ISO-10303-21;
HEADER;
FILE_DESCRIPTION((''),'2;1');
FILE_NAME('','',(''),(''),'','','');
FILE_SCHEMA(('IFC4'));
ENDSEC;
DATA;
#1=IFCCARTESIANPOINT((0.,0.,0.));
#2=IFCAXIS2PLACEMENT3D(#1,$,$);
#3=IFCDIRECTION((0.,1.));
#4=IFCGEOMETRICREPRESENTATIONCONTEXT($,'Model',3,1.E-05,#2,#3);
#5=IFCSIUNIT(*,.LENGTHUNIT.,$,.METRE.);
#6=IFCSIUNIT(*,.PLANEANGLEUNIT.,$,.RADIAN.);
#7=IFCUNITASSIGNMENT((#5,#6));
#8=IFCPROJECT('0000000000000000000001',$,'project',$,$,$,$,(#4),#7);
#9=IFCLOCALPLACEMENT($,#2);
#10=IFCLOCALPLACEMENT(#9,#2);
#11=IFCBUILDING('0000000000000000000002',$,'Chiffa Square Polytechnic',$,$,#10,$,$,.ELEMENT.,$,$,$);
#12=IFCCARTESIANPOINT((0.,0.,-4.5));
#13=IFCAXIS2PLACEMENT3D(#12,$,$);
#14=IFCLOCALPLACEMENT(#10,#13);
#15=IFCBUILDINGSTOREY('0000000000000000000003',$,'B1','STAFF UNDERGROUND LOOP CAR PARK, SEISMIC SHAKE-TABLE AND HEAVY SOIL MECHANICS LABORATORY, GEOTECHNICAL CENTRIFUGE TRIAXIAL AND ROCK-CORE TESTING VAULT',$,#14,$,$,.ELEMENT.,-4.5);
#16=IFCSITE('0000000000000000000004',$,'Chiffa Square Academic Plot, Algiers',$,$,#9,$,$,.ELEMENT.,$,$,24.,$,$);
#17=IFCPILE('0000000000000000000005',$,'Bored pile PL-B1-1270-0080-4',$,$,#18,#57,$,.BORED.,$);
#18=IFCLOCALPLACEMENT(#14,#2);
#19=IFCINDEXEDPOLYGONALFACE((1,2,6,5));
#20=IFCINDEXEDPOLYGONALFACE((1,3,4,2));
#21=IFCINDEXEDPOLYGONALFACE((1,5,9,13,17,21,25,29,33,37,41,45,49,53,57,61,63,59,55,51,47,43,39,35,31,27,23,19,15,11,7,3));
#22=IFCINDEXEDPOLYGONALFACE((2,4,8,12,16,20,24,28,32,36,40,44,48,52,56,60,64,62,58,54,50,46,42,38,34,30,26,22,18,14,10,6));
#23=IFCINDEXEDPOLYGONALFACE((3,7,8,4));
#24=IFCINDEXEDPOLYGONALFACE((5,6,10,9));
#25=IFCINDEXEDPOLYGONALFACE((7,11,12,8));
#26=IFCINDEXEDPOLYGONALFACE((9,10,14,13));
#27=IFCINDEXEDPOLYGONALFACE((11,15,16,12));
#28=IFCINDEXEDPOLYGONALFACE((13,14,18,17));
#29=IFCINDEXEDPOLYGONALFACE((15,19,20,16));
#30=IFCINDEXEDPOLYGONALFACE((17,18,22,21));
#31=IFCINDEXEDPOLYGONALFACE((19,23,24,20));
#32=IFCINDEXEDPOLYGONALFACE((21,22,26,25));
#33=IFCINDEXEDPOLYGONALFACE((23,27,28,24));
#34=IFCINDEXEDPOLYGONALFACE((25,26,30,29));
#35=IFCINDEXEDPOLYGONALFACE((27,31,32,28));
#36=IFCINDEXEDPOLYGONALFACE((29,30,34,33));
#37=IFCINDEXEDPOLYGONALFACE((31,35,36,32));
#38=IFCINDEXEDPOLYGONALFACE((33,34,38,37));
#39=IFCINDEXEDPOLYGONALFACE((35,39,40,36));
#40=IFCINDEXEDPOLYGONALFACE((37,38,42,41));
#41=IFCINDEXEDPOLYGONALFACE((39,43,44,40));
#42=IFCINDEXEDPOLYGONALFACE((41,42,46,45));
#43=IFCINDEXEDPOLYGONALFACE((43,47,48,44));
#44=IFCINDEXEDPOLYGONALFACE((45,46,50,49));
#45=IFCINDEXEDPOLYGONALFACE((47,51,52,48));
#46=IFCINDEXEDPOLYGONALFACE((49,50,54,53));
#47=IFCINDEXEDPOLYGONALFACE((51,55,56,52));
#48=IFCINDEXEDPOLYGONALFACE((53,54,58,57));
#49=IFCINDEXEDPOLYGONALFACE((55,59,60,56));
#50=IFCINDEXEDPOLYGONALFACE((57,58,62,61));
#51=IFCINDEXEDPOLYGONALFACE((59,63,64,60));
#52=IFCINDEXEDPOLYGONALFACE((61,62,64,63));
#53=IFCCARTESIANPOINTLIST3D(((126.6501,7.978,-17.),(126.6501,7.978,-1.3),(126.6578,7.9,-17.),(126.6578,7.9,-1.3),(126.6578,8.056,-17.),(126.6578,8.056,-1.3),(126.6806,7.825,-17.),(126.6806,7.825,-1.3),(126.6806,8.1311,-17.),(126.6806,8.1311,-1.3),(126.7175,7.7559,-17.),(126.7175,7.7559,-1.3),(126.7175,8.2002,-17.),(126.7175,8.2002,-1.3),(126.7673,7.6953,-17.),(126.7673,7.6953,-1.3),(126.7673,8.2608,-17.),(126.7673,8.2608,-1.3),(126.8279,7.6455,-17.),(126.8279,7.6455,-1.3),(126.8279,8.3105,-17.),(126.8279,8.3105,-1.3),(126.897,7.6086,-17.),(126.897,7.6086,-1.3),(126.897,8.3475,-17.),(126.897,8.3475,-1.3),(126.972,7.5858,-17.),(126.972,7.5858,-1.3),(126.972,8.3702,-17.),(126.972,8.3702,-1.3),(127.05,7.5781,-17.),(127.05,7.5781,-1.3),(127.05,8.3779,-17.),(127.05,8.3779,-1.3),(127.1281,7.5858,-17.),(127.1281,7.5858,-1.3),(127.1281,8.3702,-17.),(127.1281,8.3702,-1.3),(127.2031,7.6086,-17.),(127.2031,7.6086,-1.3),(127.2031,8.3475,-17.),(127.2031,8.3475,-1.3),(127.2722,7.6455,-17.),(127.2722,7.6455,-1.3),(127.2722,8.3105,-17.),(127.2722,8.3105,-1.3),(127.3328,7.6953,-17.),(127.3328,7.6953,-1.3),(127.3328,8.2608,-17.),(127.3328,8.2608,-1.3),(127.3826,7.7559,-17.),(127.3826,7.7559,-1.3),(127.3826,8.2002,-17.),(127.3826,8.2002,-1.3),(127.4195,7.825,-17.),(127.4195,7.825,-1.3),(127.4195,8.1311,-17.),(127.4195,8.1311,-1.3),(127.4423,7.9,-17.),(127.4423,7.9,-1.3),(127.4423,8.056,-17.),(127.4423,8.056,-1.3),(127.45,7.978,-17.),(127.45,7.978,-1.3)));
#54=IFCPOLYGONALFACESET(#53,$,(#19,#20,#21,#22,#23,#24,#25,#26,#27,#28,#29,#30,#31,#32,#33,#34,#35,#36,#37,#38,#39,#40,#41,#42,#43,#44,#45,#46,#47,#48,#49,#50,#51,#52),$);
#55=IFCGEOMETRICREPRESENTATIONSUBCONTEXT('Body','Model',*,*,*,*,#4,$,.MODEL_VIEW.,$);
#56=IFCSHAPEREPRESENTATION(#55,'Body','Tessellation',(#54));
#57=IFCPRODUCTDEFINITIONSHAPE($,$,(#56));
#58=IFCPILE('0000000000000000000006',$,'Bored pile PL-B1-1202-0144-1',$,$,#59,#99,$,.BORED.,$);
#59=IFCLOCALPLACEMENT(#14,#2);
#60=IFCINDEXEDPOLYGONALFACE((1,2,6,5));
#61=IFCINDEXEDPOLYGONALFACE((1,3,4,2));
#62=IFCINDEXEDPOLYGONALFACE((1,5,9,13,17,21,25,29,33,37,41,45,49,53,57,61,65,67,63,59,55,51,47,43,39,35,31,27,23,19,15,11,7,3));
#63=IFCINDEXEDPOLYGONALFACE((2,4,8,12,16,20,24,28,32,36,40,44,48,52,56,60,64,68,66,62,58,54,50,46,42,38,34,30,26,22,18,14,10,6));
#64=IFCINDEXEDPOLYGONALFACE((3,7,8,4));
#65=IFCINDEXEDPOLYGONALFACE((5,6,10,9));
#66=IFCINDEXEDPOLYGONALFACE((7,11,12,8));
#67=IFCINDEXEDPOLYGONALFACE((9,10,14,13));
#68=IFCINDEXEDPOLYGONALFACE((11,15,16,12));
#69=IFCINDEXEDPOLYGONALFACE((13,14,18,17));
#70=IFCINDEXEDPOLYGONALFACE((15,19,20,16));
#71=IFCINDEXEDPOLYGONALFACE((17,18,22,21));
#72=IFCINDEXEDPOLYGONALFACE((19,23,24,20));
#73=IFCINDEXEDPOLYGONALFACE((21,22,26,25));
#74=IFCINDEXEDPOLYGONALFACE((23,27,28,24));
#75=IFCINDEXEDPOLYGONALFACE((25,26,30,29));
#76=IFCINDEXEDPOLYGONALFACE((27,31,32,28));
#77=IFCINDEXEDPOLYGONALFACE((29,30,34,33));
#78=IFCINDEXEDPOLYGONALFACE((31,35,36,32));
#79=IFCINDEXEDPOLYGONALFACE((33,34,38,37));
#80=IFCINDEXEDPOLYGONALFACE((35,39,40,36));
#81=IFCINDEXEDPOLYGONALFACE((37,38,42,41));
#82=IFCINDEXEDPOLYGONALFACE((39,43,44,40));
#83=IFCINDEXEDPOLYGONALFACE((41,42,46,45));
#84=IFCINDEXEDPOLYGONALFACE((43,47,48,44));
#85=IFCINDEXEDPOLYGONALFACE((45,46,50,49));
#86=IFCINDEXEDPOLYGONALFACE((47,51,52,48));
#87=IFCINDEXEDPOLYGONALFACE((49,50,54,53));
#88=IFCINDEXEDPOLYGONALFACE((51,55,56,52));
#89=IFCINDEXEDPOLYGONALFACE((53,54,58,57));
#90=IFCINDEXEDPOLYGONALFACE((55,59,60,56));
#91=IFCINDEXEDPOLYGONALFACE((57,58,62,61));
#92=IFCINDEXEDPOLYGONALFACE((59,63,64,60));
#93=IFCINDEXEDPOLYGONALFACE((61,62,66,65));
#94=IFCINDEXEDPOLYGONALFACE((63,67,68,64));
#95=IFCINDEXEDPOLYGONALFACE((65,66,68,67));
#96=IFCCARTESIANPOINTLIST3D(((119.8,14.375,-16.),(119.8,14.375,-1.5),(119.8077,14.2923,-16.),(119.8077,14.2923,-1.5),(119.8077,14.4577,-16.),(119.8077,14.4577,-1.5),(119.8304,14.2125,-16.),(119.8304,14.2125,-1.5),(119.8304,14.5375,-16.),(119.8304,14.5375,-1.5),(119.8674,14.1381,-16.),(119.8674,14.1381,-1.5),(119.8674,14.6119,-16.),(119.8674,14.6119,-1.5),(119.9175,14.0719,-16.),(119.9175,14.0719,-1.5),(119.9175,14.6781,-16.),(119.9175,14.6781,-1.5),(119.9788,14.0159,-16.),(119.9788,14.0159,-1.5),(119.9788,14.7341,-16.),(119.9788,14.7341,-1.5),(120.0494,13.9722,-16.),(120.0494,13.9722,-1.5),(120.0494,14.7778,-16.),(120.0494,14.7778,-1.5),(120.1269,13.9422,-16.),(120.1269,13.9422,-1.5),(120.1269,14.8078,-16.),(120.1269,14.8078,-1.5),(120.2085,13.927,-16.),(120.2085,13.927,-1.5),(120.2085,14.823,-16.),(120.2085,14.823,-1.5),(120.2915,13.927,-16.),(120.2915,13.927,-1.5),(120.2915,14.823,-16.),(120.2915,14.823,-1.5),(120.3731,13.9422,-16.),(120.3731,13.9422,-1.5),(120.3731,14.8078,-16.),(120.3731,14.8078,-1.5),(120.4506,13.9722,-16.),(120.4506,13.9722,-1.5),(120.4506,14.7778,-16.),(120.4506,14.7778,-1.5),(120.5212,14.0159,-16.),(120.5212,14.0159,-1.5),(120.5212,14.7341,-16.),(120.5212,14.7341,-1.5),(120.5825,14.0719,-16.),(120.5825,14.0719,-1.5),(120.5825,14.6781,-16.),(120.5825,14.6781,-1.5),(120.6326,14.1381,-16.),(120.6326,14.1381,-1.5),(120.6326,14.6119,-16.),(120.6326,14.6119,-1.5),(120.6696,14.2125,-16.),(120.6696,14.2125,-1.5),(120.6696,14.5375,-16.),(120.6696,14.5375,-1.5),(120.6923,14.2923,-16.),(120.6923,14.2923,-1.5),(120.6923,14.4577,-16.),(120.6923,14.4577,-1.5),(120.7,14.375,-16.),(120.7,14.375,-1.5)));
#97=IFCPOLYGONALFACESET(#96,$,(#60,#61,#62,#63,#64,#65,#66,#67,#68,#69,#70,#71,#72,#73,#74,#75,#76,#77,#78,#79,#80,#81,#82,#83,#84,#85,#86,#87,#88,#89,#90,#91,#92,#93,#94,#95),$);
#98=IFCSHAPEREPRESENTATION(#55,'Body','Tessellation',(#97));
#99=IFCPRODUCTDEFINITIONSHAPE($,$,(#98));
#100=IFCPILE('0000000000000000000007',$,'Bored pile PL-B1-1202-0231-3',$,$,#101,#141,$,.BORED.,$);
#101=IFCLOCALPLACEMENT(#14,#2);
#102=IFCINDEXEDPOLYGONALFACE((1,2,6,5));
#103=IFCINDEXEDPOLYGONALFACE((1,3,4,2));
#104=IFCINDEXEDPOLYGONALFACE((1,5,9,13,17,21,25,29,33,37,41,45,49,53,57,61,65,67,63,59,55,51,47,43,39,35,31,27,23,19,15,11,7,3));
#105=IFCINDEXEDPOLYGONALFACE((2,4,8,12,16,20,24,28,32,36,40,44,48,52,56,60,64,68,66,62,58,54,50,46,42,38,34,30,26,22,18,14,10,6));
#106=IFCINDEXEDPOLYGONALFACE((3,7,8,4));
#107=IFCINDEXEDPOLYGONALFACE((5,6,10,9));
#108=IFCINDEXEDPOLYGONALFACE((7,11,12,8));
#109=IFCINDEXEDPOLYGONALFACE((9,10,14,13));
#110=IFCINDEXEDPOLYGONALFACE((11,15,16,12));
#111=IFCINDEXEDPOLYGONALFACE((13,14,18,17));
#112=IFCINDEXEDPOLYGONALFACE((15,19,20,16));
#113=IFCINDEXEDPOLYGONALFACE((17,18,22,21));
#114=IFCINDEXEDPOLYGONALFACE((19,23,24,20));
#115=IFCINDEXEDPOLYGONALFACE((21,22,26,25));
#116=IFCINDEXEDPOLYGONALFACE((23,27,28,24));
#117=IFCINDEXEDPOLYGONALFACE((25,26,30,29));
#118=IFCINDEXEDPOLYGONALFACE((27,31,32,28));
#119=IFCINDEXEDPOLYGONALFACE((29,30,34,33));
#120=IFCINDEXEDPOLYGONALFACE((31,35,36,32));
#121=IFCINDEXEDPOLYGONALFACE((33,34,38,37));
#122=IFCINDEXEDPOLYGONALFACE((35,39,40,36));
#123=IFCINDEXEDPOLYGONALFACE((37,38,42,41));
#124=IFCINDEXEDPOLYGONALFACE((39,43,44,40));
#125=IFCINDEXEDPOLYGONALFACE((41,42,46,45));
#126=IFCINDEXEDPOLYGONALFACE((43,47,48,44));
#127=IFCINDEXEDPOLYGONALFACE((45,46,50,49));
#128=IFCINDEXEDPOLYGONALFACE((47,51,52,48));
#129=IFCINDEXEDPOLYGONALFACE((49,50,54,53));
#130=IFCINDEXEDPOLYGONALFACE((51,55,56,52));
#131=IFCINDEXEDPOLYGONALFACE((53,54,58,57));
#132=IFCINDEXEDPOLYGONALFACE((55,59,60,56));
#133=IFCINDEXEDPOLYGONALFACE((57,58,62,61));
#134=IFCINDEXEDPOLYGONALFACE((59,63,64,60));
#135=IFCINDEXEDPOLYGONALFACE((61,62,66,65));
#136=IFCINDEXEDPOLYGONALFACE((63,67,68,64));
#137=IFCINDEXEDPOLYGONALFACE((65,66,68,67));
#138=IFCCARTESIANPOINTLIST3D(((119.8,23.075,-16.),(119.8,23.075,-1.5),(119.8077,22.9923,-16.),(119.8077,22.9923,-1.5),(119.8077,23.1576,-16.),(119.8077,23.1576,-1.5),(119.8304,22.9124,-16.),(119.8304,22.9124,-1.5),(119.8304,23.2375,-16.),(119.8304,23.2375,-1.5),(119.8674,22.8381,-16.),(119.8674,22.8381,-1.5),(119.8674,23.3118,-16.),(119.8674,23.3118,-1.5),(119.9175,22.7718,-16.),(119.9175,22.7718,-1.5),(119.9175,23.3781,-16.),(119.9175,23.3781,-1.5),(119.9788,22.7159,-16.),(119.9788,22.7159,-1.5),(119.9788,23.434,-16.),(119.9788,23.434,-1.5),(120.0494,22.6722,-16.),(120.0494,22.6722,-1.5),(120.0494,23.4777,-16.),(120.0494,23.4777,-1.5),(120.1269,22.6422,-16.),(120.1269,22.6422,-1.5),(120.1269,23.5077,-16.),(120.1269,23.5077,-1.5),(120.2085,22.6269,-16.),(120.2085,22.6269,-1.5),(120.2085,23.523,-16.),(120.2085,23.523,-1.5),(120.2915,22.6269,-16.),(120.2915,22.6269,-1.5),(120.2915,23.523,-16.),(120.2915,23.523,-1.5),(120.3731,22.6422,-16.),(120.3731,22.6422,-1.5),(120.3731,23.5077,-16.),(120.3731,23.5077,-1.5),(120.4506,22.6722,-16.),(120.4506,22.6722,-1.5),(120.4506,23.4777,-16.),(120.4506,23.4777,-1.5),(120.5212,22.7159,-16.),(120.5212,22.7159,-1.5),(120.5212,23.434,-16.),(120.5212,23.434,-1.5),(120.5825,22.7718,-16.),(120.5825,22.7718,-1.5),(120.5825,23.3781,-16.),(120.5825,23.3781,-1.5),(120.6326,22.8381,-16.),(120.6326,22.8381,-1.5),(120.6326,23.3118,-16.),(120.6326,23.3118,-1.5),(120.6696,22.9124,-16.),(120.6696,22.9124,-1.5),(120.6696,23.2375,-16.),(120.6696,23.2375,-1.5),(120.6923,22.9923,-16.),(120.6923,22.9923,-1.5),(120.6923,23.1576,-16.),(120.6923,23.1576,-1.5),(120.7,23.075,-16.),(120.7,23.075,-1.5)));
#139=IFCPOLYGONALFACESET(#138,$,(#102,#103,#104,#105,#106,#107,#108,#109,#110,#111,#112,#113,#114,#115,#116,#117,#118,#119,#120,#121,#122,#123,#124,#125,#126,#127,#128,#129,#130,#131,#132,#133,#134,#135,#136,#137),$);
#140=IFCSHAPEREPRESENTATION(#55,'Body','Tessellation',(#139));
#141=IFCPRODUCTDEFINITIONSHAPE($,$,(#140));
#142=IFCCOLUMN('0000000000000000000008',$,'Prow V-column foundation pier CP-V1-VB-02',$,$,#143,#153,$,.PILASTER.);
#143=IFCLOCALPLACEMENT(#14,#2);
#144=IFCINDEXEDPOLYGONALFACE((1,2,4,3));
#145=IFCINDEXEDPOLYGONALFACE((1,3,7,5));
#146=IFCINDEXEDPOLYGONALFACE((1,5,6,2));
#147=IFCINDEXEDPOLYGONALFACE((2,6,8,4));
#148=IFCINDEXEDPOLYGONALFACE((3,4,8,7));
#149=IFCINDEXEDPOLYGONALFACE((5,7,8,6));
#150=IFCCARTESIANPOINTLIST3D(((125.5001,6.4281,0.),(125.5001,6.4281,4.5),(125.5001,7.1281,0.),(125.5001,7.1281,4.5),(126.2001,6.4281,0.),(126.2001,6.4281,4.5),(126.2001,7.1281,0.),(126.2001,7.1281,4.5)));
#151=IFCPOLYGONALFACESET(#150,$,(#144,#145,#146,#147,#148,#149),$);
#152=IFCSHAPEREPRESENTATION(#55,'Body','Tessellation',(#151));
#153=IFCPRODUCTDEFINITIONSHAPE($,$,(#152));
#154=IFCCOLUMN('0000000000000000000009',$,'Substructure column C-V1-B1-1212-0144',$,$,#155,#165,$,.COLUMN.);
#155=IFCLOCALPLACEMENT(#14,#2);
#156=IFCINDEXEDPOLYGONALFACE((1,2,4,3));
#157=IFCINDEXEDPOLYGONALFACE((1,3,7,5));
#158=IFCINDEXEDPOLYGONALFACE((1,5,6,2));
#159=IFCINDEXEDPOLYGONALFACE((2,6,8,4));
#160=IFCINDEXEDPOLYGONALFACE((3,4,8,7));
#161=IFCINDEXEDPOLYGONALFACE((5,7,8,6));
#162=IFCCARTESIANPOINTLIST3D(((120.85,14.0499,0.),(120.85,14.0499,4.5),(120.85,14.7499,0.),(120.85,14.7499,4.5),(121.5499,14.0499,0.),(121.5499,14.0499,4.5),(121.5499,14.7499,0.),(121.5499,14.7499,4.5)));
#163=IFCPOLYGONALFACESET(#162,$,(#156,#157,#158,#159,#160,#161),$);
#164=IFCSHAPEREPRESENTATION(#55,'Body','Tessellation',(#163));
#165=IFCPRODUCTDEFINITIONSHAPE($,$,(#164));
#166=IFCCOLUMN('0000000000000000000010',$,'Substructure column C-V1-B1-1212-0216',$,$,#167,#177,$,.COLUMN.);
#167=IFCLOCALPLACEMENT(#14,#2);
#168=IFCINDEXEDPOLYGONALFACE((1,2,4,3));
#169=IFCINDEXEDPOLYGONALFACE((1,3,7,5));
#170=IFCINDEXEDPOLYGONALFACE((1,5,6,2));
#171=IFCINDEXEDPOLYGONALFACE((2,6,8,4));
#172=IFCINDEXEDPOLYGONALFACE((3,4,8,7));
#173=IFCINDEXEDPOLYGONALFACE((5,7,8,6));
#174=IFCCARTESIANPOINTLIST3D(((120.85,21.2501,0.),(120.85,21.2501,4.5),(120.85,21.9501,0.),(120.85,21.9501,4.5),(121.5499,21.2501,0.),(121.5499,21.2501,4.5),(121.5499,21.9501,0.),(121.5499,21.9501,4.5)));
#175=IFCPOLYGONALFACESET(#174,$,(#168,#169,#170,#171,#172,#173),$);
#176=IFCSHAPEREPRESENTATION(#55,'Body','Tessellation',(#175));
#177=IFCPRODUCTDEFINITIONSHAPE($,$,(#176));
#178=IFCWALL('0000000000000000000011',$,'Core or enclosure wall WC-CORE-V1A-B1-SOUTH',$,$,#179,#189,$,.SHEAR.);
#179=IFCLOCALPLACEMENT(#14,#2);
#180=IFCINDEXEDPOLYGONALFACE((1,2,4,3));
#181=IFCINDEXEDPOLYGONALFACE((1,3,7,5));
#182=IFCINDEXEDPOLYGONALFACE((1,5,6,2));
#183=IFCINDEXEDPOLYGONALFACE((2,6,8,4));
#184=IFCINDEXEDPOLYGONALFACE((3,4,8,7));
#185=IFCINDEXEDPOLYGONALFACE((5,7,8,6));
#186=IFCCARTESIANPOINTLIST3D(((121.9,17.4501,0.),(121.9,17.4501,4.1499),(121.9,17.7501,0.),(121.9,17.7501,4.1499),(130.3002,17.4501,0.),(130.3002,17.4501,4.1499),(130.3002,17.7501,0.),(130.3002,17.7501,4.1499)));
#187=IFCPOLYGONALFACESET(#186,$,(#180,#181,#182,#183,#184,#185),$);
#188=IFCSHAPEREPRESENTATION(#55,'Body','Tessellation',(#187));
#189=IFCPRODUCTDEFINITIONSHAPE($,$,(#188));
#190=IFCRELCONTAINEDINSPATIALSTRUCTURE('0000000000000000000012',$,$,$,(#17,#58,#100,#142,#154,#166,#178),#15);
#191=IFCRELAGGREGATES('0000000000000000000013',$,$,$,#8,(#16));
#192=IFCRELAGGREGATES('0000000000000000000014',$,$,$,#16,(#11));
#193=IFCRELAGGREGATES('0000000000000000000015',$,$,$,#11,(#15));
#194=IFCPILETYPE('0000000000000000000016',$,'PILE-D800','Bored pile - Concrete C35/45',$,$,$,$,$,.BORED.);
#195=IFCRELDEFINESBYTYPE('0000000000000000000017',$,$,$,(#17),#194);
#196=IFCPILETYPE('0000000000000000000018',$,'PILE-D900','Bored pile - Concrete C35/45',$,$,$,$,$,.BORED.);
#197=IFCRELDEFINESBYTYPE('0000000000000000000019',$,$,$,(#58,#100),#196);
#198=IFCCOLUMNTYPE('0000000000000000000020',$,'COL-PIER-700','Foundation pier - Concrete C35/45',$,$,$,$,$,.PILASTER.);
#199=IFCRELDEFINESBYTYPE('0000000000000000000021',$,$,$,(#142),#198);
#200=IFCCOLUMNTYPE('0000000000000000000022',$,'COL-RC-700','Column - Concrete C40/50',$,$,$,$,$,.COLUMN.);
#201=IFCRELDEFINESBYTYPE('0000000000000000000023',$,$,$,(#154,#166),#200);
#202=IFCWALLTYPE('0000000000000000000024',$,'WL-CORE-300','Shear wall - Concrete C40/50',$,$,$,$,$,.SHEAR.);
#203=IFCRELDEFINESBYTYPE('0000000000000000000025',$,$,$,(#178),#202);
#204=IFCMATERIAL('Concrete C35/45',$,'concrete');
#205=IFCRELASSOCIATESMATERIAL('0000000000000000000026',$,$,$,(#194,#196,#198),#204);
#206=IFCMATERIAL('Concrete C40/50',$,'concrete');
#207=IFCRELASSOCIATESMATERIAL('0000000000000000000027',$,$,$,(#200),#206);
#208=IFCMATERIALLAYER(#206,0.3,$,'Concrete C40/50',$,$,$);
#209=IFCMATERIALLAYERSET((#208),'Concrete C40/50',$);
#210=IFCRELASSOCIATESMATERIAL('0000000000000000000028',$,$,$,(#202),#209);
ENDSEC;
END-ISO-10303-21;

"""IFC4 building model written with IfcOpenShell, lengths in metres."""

from ifc_helpers import new_model, si_unit, direction, frame, frame_2d, origin, origin_2d, place, context, subcontext, project, spatial, rectangle, circle, extrude, material, layer, layer_set, material_profile, profile_set, type_object, element, save


model = new_model("IFC4")

# Units and contexts
model_context = context("Model", 3, precision=1e-05, world=origin(), true_north=direction((0.0, 1.0)))
body_context = subcontext(model_context, "Body", "Model", "MODEL_VIEW")
ifc_project = project(units=[si_unit("LENGTHUNIT", "METRE"), si_unit("PLANEANGLEUNIT", "RADIAN")], contexts=[model_context])

# Site, building, storey
site_placement = place(None, origin())
site = spatial("IfcSite", under=ifc_project, at=site_placement, Name="Chiffa Square Academic Plot, Algiers", CompositionType="ELEMENT", RefElevation=24.0)
building_placement = place(site_placement, origin())
building = spatial("IfcBuilding", under=site, at=building_placement, Name="Chiffa Square Polytechnic", CompositionType="ELEMENT")
storey_placement = place(building_placement, frame((0.0, 0.0, -4.5)))
storey = spatial("IfcBuildingStorey", under=building, at=storey_placement, Name="B1", Description="STAFF UNDERGROUND LOOP CAR PARK, SEISMIC SHAKE-TABLE AND HEAVY SOIL MECHANICS LABORATORY, GEOTECHNICAL CENTRIFUGE TRIAXIAL AND ROCK-CORE TESTING VAULT", CompositionType="ELEMENT", Elevation=-4.5)

# Shared definitions
ifc_material_1 = material(Name="Concrete C35/45", Category="concrete")

# Piles
ifc_material_profile_1 = material_profile(ifc_material_1, circle(Radius=0.3999, at=origin_2d()), Name="PILE D800")
ifc_profile_set_1 = profile_set([ifc_material_profile_1], Name="Concrete C35/45")
pile_type_1 = type_object("IfcPileType", Name="PILE-D800", Description="Bored pile - Concrete C35/45", PredefinedType="BORED", material=ifc_profile_set_1)
for number, where, z_axis, x_axis, name in (
    (1, (127.05, 7.978, -1.3), (0.0, 0.0, -1.0), (1.0, 0.0, 0.0), "Bored pile PL-B1-1270-0080-4"),
):
    element("IfcPile", number, at=place(storey_placement, frame(where, z_axis=z_axis, x_axis=x_axis)), inside=storey, type_object=pile_type_1, Name=name, PredefinedType="BORED", context=body_context, shape_type="SweptSolid", body=[
        extrude(circle(Radius=0.3999, at=origin_2d()), origin(), (0.0, 0.0, 1.0), 15.7),
    ])
ifc_material_profile_2 = material_profile(ifc_material_1, circle(Radius=0.45, at=origin_2d()), Name="PILE D900")
ifc_profile_set_2 = profile_set([ifc_material_profile_2], Name="Concrete C35/45")
pile_type_2 = type_object("IfcPileType", Name="PILE-D900", Description="Bored pile - Concrete C35/45", PredefinedType="BORED", material=ifc_profile_set_2)
for number, where, z_axis, x_axis, name in (
    (2, (120.25, 14.375, -1.5), (0.0, 0.0, -1.0), (1.0, 0.0, 0.0), "Bored pile PL-B1-1202-0144-1"),
    (3, (120.25, 23.075, -1.5), (0.0, 0.0, -1.0), (1.0, 0.0, 0.0), "Bored pile PL-B1-1202-0231-3"),
):
    element("IfcPile", number, at=place(storey_placement, frame(where, z_axis=z_axis, x_axis=x_axis)), inside=storey, type_object=pile_type_2, Name=name, PredefinedType="BORED", context=body_context, shape_type="SweptSolid", body=[
        extrude(circle(Radius=0.45, at=origin_2d()), origin(), (0.0, 0.0, 1.0), 14.5),
    ])

# Columns
ifc_material_profile_3 = material_profile(ifc_material_1, rectangle(XDim=0.7, YDim=0.7, at=origin_2d()), Name="RC 700x700")
ifc_profile_set_3 = profile_set([ifc_material_profile_3], Name="Concrete C35/45")
column_type_1 = type_object("IfcColumnType", Name="COL-PIER-700", Description="Foundation pier - Concrete C35/45", PredefinedType="PILASTER", material=ifc_profile_set_3)
column_placement = place(storey_placement, frame((125.8501, 6.7781, 0.0), z_axis=(0.0, 0.0, 1.0), x_axis=(1.0, 0.0, 0.0)))
element("IfcColumn", 4, at=column_placement, inside=storey, type_object=column_type_1, Name="Prow V-column foundation pier CP-V1-VB-02", PredefinedType="PILASTER", context=body_context, shape_type="SweptSolid", body=[
    extrude(rectangle(XDim=0.7, YDim=0.7, at=origin_2d()), origin(), (0.0, 0.0, 1.0), 4.5),
])
ifc_material_2 = material(Name="Concrete C40/50", Category="concrete")
ifc_material_profile_4 = material_profile(ifc_material_2, rectangle(XDim=0.7, YDim=0.7, at=origin_2d()), Name="RC 700x700")
ifc_profile_set_4 = profile_set([ifc_material_profile_4], Name="Concrete C40/50")
column_type_2 = type_object("IfcColumnType", Name="COL-RC-700", Description="Column - Concrete C40/50", PredefinedType="COLUMN", material=ifc_profile_set_4)
for number, where, z_axis, x_axis, name in (
    (5, (121.2, 14.3999, 0.0), (0.0, 0.0, 1.0), (1.0, 0.0, 0.0), "Substructure column C-V1-B1-1212-0144"),
    (6, (121.2, 21.6001, 0.0), (0.0, 0.0, 1.0), (1.0, 0.0, 0.0), "Substructure column C-V1-B1-1212-0216"),
):
    element("IfcColumn", number, at=place(storey_placement, frame(where, z_axis=z_axis, x_axis=x_axis)), inside=storey, type_object=column_type_2, Name=name, PredefinedType="COLUMN", context=body_context, shape_type="SweptSolid", body=[
        extrude(rectangle(XDim=0.7, YDim=0.7, at=origin_2d()), origin(), (0.0, 0.0, 1.0), 4.5),
    ])

# Wall
ifc_layer_1 = layer(ifc_material_2, 0.3, Name="Concrete C40/50")
ifc_layer_set_1 = layer_set([ifc_layer_1], Name="Concrete C40/50")
wall_type_1 = type_object("IfcWallType", Name="WL-CORE-300", Description="Shear wall - Concrete C40/50", PredefinedType="SHEAR", material=ifc_layer_set_1)
wall_1_placement = place(storey_placement, frame((121.8999, 17.6001, 0.0), z_axis=(0.0, 0.0, 1.0), x_axis=(1.0, 0.0, 0.0)))
element("IfcWall", 7, at=wall_1_placement, inside=storey, type_object=wall_type_1, Name="Core or enclosure wall WC-CORE-V1A-B1-SOUTH", PredefinedType="SHEAR", context=body_context, shape_type="SweptSolid", body=[
    extrude(rectangle(XDim=8.4001, YDim=0.3, at=frame_2d((4.2002, 0.0))), origin(), (0.0, 0.0, 1.0), 4.1499),
])

save(model, "model.ifc")
